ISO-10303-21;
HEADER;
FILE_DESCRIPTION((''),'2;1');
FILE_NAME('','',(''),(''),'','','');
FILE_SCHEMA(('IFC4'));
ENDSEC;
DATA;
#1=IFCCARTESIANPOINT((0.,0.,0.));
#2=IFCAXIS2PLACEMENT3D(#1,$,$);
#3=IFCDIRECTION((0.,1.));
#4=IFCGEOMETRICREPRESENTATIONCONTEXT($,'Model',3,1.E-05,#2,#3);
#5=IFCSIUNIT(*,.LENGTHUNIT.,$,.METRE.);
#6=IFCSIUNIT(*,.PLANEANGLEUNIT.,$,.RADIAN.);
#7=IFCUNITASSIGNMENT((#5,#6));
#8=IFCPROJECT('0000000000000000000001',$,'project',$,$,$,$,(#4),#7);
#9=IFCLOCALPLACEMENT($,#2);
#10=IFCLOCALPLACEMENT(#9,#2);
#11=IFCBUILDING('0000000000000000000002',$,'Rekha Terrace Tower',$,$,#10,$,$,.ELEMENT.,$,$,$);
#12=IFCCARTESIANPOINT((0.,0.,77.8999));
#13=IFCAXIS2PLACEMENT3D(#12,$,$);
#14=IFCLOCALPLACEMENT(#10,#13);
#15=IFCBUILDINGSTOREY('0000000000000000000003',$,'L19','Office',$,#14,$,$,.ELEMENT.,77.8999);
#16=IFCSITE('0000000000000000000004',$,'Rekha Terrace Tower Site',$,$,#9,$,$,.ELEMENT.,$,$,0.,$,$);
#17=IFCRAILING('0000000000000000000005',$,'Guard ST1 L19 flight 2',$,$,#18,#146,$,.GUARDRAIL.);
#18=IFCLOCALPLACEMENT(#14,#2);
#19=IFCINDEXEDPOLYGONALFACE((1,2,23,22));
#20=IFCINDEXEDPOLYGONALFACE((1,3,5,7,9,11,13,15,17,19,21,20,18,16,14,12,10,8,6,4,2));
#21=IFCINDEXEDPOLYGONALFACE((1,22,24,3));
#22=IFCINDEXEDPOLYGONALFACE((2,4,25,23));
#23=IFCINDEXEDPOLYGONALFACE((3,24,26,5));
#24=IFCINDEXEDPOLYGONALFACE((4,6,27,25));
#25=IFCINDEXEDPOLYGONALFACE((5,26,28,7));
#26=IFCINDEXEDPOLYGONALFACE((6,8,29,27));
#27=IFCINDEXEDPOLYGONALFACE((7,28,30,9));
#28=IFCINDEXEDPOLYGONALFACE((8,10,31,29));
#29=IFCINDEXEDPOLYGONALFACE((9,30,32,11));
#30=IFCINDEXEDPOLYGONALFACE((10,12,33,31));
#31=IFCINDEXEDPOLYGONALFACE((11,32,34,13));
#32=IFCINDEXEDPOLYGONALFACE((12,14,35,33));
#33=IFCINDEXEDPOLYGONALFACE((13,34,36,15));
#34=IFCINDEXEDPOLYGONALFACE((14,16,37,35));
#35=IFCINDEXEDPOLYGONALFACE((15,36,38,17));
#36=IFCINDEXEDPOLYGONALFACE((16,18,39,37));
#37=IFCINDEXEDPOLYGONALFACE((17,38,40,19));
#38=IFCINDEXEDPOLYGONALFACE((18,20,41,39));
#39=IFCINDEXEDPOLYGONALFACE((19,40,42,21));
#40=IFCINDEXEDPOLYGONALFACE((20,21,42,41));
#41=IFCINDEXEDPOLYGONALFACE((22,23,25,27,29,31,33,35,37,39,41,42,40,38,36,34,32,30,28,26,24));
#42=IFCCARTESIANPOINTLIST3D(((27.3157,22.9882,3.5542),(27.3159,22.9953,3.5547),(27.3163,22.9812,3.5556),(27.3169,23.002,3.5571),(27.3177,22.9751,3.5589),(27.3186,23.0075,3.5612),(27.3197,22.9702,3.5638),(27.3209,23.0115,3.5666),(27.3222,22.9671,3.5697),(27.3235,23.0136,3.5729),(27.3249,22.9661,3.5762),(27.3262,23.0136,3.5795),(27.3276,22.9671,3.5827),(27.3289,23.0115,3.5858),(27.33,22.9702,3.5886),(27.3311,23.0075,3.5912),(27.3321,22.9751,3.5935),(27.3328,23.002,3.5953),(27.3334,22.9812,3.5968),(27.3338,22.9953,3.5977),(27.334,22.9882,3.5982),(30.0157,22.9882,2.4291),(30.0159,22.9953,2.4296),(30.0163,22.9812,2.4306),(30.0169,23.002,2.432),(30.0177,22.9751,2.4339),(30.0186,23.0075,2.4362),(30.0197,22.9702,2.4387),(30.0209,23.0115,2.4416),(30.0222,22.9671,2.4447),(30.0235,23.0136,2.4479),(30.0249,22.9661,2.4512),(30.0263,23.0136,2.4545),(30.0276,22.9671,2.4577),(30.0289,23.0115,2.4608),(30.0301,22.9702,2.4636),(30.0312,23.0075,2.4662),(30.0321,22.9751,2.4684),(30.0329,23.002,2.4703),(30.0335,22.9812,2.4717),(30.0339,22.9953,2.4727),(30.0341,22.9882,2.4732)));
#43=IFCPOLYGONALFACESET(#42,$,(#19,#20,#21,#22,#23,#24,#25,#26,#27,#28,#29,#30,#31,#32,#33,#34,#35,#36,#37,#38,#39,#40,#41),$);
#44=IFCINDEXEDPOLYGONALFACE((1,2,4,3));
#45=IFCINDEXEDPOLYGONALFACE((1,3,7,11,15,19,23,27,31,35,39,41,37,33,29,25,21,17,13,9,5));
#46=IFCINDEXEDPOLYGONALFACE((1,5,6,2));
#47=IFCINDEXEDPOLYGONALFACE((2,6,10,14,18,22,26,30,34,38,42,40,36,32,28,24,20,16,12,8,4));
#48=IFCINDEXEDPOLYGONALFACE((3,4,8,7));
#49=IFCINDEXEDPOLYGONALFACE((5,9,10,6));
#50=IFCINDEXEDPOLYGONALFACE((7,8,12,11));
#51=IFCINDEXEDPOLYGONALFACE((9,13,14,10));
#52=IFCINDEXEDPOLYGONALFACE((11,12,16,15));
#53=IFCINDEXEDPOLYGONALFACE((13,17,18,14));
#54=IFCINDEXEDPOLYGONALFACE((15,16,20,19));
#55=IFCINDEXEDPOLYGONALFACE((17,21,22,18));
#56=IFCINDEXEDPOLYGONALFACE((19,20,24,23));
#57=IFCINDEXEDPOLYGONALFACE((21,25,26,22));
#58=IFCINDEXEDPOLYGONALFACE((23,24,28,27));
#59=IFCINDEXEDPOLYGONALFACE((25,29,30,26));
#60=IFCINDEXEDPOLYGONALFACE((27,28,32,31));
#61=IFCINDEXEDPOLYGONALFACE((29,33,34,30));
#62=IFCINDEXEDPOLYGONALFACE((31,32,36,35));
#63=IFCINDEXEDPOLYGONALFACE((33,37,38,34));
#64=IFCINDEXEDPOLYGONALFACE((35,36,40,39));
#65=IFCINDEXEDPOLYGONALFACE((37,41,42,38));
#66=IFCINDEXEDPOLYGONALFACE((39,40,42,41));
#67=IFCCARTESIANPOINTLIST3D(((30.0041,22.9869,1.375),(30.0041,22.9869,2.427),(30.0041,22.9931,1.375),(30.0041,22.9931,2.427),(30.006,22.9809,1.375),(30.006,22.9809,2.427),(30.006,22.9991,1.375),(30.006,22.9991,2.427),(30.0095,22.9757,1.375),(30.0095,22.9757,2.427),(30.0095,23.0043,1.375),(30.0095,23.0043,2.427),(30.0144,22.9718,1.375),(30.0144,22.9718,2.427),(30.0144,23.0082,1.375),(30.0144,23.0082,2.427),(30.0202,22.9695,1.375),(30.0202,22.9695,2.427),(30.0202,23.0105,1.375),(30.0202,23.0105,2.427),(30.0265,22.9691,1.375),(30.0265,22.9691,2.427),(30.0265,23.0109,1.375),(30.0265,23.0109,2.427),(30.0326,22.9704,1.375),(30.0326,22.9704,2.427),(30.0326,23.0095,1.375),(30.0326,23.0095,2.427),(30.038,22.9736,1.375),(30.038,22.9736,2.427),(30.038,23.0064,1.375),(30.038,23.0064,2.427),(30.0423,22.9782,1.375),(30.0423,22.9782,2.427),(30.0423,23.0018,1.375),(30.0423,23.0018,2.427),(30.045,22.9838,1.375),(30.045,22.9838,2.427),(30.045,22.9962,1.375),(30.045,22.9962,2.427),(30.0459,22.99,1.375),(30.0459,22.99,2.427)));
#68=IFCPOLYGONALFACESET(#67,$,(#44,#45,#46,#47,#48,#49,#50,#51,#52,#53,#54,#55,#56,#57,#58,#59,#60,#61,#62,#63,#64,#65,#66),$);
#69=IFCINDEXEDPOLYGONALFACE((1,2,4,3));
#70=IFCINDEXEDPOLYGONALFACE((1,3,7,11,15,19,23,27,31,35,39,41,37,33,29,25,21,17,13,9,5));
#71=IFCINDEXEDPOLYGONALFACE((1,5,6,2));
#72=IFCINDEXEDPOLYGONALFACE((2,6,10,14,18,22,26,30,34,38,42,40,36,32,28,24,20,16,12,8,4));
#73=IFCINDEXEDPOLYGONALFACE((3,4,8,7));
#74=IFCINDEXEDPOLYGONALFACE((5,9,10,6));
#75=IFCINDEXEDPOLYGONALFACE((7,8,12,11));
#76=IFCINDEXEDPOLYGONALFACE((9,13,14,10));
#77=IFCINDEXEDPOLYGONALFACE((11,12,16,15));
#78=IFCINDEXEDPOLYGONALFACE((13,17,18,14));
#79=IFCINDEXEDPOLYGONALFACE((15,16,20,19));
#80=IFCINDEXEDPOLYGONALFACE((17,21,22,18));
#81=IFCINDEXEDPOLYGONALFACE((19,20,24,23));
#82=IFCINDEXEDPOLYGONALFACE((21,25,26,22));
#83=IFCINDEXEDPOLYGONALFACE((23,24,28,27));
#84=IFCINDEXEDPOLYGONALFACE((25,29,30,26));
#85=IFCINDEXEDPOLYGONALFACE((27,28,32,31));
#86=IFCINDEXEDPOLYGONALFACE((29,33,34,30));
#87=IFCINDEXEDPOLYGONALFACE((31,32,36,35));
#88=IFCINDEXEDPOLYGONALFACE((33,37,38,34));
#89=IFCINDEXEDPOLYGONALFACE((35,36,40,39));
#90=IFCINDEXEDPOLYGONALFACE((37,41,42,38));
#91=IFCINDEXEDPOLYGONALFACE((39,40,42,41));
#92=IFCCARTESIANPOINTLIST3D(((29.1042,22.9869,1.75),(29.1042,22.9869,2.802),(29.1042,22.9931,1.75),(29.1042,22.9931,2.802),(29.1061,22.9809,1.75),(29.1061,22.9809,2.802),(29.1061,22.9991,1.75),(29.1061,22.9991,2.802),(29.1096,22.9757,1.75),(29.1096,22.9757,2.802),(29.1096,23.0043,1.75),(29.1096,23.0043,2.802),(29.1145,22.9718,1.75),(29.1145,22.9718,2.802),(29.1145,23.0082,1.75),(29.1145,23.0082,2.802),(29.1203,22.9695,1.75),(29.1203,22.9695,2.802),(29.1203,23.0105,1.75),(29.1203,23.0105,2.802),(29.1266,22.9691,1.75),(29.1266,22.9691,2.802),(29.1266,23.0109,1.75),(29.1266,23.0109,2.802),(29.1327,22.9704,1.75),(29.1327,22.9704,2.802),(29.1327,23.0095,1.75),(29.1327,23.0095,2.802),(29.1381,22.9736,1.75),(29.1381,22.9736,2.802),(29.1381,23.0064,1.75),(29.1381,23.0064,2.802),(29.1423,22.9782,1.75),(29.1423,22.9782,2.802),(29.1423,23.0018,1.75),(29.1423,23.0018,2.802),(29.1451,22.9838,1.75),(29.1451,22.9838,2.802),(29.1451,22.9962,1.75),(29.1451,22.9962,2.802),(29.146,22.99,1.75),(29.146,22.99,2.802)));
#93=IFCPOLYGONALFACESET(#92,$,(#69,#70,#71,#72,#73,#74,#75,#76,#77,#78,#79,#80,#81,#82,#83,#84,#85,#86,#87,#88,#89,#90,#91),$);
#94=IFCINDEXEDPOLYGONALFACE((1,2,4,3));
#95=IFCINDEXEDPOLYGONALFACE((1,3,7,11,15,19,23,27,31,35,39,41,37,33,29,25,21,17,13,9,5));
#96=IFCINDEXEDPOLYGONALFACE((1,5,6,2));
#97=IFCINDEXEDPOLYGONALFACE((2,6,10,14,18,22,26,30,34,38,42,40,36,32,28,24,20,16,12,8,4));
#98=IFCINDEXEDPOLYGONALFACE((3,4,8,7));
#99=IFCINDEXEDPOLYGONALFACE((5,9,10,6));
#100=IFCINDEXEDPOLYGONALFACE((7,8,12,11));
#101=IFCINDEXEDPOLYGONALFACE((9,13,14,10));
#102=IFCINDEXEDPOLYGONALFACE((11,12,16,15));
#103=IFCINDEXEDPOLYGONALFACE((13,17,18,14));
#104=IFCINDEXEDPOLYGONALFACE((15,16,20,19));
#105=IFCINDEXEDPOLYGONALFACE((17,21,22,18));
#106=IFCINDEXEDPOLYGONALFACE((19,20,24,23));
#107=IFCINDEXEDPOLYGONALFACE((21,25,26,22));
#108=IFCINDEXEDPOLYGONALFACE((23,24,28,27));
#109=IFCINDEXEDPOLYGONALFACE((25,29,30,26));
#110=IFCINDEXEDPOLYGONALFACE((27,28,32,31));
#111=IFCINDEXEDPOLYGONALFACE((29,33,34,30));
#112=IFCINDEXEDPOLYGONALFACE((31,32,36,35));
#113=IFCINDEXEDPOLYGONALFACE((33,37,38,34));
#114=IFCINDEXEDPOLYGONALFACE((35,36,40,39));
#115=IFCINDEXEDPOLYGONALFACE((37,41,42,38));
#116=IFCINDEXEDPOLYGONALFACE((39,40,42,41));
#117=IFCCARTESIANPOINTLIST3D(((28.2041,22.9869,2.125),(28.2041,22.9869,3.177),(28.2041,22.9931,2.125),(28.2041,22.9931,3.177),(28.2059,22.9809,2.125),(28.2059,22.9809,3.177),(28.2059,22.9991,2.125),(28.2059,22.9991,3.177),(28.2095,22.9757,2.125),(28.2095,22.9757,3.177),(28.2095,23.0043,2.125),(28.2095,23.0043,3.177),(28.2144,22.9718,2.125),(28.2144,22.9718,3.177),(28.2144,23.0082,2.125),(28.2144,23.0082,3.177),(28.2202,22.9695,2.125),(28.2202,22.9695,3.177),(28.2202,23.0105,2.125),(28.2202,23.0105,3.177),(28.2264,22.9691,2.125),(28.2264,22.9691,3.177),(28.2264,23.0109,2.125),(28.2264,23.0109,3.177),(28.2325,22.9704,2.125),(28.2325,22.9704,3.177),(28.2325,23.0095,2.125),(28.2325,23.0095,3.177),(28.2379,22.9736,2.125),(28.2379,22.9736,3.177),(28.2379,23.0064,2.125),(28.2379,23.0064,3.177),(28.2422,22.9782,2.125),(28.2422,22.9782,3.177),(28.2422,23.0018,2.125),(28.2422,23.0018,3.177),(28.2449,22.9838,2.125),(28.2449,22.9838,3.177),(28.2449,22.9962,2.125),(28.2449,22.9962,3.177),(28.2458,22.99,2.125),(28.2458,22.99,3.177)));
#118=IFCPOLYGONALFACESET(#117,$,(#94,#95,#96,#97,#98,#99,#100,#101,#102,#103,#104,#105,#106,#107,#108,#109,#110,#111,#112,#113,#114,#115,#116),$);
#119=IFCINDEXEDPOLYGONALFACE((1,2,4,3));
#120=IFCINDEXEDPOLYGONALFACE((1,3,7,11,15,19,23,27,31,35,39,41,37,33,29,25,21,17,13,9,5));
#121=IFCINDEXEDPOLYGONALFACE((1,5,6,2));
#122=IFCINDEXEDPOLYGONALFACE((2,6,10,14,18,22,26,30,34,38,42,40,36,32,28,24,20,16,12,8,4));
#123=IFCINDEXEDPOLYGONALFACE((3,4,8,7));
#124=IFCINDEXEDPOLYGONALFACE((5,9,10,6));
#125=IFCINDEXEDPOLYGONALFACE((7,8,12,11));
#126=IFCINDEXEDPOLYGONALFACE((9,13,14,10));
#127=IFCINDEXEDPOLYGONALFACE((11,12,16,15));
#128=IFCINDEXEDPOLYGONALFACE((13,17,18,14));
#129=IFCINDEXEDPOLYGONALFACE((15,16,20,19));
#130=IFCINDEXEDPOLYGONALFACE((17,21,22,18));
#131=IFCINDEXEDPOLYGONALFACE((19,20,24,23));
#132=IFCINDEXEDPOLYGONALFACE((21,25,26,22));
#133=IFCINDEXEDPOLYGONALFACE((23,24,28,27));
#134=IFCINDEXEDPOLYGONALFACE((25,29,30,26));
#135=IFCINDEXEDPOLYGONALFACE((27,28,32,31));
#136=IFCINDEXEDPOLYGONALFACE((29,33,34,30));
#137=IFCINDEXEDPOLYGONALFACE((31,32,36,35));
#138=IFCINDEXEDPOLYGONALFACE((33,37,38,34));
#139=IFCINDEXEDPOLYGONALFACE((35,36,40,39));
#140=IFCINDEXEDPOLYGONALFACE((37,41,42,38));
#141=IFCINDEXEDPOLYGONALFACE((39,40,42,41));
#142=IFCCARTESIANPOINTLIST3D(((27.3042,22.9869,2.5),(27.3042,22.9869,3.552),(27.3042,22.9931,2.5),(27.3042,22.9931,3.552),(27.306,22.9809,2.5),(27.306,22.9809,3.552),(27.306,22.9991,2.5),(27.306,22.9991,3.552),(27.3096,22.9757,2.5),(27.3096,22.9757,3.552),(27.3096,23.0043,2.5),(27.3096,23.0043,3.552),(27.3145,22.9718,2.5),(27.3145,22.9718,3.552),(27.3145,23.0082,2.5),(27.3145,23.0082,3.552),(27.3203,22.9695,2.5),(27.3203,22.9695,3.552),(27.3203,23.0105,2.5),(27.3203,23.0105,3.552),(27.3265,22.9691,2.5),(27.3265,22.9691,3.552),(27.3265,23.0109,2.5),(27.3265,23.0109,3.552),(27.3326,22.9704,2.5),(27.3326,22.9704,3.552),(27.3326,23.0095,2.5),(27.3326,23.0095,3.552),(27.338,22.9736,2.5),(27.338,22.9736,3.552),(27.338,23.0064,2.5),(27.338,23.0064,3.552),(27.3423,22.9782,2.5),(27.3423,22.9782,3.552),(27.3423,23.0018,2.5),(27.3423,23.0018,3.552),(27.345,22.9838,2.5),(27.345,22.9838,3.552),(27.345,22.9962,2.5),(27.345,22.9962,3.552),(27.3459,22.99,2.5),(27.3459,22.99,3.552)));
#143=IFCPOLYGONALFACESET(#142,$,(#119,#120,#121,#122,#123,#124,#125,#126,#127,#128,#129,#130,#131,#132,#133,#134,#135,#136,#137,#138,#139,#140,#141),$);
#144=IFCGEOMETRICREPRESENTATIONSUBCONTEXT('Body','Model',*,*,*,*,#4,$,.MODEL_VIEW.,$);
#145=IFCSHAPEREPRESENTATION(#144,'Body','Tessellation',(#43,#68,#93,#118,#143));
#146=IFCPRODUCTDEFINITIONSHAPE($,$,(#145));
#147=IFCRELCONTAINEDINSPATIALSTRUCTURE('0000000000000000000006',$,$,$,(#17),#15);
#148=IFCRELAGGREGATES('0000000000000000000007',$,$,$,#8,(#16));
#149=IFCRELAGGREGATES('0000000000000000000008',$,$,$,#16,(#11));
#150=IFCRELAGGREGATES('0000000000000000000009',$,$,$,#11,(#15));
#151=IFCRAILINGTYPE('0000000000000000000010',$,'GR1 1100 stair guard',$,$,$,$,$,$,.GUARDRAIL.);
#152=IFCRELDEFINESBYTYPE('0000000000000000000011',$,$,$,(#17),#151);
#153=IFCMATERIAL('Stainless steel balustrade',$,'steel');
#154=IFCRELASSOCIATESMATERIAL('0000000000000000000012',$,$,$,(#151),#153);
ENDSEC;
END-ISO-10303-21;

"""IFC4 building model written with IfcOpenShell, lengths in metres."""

from ifc_helpers import new_model, si_unit, direction, frame, origin, origin_2d, place, context, subcontext, project, spatial, circle, extrude, material, type_object, element, save


model = new_model("IFC4")

# Units and contexts
model_context = context("Model", 3, precision=1e-05, world=origin(), true_north=direction((0.0, 1.0)))
body_context = subcontext(model_context, "Body", "Model", "MODEL_VIEW")
ifc_project = project(units=[si_unit("LENGTHUNIT", "METRE"), si_unit("PLANEANGLEUNIT", "RADIAN")], contexts=[model_context])

# Site, building, storey
site_placement = place(None, origin())
site = spatial("IfcSite", under=ifc_project, at=site_placement, Name="Rekha Terrace Tower Site", CompositionType="ELEMENT", RefElevation=0.0)
building_placement = place(site_placement, origin())
building = spatial("IfcBuilding", under=site, at=building_placement, Name="Rekha Terrace Tower", CompositionType="ELEMENT")
storey_placement = place(building_placement, frame((0.0, 0.0, 77.8999)))
storey = spatial("IfcBuildingStorey", under=building, at=storey_placement, Name="L19", Description="Office", CompositionType="ELEMENT", Elevation=77.8999)

# Railing
ifc_material_1 = material(Name="Stainless steel balustrade", Category="steel")
railing_type_1 = type_object("IfcRailingType", Name="GR1 1100 stair guard", PredefinedType="GUARDRAIL", material=ifc_material_1)
railing_1_placement = place(storey_placement, frame((30.0249, 22.99, 1.375)))
element("IfcRailing", 1, at=railing_1_placement, inside=storey, type_object=railing_type_1, Name="Guard ST1 L19 flight 2", PredefinedType="GUARDRAIL", context=body_context, shape_type="SweptSolid", body=[
    extrude(circle(Radius=0.0239, at=origin_2d()), frame((0.0, 0.0, 1.0762), z_axis=(-0.923074, 0.0, 0.384621), x_axis=(0.0, -1.0, 0.0)), (0.0, 0.0, 1.0), 2.925),
    extrude(circle(Radius=0.021, at=origin_2d()), origin(), (0.0, 0.0, 1.0), 1.052),
    extrude(circle(Radius=0.021, at=origin_2d()), frame((-0.8999, 0.0, 0.375)), (0.0, 0.0, 1.0), 1.052),
    extrude(circle(Radius=0.021, at=origin_2d()), frame((-1.8, 0.0, 0.75)), (0.0, 0.0, 1.0), 1.052),
    extrude(circle(Radius=0.021, at=origin_2d()), frame((-2.7, 0.0, 1.125)), (0.0, 0.0, 1.0), 1.052),
])

save(model, "model.ifc")
